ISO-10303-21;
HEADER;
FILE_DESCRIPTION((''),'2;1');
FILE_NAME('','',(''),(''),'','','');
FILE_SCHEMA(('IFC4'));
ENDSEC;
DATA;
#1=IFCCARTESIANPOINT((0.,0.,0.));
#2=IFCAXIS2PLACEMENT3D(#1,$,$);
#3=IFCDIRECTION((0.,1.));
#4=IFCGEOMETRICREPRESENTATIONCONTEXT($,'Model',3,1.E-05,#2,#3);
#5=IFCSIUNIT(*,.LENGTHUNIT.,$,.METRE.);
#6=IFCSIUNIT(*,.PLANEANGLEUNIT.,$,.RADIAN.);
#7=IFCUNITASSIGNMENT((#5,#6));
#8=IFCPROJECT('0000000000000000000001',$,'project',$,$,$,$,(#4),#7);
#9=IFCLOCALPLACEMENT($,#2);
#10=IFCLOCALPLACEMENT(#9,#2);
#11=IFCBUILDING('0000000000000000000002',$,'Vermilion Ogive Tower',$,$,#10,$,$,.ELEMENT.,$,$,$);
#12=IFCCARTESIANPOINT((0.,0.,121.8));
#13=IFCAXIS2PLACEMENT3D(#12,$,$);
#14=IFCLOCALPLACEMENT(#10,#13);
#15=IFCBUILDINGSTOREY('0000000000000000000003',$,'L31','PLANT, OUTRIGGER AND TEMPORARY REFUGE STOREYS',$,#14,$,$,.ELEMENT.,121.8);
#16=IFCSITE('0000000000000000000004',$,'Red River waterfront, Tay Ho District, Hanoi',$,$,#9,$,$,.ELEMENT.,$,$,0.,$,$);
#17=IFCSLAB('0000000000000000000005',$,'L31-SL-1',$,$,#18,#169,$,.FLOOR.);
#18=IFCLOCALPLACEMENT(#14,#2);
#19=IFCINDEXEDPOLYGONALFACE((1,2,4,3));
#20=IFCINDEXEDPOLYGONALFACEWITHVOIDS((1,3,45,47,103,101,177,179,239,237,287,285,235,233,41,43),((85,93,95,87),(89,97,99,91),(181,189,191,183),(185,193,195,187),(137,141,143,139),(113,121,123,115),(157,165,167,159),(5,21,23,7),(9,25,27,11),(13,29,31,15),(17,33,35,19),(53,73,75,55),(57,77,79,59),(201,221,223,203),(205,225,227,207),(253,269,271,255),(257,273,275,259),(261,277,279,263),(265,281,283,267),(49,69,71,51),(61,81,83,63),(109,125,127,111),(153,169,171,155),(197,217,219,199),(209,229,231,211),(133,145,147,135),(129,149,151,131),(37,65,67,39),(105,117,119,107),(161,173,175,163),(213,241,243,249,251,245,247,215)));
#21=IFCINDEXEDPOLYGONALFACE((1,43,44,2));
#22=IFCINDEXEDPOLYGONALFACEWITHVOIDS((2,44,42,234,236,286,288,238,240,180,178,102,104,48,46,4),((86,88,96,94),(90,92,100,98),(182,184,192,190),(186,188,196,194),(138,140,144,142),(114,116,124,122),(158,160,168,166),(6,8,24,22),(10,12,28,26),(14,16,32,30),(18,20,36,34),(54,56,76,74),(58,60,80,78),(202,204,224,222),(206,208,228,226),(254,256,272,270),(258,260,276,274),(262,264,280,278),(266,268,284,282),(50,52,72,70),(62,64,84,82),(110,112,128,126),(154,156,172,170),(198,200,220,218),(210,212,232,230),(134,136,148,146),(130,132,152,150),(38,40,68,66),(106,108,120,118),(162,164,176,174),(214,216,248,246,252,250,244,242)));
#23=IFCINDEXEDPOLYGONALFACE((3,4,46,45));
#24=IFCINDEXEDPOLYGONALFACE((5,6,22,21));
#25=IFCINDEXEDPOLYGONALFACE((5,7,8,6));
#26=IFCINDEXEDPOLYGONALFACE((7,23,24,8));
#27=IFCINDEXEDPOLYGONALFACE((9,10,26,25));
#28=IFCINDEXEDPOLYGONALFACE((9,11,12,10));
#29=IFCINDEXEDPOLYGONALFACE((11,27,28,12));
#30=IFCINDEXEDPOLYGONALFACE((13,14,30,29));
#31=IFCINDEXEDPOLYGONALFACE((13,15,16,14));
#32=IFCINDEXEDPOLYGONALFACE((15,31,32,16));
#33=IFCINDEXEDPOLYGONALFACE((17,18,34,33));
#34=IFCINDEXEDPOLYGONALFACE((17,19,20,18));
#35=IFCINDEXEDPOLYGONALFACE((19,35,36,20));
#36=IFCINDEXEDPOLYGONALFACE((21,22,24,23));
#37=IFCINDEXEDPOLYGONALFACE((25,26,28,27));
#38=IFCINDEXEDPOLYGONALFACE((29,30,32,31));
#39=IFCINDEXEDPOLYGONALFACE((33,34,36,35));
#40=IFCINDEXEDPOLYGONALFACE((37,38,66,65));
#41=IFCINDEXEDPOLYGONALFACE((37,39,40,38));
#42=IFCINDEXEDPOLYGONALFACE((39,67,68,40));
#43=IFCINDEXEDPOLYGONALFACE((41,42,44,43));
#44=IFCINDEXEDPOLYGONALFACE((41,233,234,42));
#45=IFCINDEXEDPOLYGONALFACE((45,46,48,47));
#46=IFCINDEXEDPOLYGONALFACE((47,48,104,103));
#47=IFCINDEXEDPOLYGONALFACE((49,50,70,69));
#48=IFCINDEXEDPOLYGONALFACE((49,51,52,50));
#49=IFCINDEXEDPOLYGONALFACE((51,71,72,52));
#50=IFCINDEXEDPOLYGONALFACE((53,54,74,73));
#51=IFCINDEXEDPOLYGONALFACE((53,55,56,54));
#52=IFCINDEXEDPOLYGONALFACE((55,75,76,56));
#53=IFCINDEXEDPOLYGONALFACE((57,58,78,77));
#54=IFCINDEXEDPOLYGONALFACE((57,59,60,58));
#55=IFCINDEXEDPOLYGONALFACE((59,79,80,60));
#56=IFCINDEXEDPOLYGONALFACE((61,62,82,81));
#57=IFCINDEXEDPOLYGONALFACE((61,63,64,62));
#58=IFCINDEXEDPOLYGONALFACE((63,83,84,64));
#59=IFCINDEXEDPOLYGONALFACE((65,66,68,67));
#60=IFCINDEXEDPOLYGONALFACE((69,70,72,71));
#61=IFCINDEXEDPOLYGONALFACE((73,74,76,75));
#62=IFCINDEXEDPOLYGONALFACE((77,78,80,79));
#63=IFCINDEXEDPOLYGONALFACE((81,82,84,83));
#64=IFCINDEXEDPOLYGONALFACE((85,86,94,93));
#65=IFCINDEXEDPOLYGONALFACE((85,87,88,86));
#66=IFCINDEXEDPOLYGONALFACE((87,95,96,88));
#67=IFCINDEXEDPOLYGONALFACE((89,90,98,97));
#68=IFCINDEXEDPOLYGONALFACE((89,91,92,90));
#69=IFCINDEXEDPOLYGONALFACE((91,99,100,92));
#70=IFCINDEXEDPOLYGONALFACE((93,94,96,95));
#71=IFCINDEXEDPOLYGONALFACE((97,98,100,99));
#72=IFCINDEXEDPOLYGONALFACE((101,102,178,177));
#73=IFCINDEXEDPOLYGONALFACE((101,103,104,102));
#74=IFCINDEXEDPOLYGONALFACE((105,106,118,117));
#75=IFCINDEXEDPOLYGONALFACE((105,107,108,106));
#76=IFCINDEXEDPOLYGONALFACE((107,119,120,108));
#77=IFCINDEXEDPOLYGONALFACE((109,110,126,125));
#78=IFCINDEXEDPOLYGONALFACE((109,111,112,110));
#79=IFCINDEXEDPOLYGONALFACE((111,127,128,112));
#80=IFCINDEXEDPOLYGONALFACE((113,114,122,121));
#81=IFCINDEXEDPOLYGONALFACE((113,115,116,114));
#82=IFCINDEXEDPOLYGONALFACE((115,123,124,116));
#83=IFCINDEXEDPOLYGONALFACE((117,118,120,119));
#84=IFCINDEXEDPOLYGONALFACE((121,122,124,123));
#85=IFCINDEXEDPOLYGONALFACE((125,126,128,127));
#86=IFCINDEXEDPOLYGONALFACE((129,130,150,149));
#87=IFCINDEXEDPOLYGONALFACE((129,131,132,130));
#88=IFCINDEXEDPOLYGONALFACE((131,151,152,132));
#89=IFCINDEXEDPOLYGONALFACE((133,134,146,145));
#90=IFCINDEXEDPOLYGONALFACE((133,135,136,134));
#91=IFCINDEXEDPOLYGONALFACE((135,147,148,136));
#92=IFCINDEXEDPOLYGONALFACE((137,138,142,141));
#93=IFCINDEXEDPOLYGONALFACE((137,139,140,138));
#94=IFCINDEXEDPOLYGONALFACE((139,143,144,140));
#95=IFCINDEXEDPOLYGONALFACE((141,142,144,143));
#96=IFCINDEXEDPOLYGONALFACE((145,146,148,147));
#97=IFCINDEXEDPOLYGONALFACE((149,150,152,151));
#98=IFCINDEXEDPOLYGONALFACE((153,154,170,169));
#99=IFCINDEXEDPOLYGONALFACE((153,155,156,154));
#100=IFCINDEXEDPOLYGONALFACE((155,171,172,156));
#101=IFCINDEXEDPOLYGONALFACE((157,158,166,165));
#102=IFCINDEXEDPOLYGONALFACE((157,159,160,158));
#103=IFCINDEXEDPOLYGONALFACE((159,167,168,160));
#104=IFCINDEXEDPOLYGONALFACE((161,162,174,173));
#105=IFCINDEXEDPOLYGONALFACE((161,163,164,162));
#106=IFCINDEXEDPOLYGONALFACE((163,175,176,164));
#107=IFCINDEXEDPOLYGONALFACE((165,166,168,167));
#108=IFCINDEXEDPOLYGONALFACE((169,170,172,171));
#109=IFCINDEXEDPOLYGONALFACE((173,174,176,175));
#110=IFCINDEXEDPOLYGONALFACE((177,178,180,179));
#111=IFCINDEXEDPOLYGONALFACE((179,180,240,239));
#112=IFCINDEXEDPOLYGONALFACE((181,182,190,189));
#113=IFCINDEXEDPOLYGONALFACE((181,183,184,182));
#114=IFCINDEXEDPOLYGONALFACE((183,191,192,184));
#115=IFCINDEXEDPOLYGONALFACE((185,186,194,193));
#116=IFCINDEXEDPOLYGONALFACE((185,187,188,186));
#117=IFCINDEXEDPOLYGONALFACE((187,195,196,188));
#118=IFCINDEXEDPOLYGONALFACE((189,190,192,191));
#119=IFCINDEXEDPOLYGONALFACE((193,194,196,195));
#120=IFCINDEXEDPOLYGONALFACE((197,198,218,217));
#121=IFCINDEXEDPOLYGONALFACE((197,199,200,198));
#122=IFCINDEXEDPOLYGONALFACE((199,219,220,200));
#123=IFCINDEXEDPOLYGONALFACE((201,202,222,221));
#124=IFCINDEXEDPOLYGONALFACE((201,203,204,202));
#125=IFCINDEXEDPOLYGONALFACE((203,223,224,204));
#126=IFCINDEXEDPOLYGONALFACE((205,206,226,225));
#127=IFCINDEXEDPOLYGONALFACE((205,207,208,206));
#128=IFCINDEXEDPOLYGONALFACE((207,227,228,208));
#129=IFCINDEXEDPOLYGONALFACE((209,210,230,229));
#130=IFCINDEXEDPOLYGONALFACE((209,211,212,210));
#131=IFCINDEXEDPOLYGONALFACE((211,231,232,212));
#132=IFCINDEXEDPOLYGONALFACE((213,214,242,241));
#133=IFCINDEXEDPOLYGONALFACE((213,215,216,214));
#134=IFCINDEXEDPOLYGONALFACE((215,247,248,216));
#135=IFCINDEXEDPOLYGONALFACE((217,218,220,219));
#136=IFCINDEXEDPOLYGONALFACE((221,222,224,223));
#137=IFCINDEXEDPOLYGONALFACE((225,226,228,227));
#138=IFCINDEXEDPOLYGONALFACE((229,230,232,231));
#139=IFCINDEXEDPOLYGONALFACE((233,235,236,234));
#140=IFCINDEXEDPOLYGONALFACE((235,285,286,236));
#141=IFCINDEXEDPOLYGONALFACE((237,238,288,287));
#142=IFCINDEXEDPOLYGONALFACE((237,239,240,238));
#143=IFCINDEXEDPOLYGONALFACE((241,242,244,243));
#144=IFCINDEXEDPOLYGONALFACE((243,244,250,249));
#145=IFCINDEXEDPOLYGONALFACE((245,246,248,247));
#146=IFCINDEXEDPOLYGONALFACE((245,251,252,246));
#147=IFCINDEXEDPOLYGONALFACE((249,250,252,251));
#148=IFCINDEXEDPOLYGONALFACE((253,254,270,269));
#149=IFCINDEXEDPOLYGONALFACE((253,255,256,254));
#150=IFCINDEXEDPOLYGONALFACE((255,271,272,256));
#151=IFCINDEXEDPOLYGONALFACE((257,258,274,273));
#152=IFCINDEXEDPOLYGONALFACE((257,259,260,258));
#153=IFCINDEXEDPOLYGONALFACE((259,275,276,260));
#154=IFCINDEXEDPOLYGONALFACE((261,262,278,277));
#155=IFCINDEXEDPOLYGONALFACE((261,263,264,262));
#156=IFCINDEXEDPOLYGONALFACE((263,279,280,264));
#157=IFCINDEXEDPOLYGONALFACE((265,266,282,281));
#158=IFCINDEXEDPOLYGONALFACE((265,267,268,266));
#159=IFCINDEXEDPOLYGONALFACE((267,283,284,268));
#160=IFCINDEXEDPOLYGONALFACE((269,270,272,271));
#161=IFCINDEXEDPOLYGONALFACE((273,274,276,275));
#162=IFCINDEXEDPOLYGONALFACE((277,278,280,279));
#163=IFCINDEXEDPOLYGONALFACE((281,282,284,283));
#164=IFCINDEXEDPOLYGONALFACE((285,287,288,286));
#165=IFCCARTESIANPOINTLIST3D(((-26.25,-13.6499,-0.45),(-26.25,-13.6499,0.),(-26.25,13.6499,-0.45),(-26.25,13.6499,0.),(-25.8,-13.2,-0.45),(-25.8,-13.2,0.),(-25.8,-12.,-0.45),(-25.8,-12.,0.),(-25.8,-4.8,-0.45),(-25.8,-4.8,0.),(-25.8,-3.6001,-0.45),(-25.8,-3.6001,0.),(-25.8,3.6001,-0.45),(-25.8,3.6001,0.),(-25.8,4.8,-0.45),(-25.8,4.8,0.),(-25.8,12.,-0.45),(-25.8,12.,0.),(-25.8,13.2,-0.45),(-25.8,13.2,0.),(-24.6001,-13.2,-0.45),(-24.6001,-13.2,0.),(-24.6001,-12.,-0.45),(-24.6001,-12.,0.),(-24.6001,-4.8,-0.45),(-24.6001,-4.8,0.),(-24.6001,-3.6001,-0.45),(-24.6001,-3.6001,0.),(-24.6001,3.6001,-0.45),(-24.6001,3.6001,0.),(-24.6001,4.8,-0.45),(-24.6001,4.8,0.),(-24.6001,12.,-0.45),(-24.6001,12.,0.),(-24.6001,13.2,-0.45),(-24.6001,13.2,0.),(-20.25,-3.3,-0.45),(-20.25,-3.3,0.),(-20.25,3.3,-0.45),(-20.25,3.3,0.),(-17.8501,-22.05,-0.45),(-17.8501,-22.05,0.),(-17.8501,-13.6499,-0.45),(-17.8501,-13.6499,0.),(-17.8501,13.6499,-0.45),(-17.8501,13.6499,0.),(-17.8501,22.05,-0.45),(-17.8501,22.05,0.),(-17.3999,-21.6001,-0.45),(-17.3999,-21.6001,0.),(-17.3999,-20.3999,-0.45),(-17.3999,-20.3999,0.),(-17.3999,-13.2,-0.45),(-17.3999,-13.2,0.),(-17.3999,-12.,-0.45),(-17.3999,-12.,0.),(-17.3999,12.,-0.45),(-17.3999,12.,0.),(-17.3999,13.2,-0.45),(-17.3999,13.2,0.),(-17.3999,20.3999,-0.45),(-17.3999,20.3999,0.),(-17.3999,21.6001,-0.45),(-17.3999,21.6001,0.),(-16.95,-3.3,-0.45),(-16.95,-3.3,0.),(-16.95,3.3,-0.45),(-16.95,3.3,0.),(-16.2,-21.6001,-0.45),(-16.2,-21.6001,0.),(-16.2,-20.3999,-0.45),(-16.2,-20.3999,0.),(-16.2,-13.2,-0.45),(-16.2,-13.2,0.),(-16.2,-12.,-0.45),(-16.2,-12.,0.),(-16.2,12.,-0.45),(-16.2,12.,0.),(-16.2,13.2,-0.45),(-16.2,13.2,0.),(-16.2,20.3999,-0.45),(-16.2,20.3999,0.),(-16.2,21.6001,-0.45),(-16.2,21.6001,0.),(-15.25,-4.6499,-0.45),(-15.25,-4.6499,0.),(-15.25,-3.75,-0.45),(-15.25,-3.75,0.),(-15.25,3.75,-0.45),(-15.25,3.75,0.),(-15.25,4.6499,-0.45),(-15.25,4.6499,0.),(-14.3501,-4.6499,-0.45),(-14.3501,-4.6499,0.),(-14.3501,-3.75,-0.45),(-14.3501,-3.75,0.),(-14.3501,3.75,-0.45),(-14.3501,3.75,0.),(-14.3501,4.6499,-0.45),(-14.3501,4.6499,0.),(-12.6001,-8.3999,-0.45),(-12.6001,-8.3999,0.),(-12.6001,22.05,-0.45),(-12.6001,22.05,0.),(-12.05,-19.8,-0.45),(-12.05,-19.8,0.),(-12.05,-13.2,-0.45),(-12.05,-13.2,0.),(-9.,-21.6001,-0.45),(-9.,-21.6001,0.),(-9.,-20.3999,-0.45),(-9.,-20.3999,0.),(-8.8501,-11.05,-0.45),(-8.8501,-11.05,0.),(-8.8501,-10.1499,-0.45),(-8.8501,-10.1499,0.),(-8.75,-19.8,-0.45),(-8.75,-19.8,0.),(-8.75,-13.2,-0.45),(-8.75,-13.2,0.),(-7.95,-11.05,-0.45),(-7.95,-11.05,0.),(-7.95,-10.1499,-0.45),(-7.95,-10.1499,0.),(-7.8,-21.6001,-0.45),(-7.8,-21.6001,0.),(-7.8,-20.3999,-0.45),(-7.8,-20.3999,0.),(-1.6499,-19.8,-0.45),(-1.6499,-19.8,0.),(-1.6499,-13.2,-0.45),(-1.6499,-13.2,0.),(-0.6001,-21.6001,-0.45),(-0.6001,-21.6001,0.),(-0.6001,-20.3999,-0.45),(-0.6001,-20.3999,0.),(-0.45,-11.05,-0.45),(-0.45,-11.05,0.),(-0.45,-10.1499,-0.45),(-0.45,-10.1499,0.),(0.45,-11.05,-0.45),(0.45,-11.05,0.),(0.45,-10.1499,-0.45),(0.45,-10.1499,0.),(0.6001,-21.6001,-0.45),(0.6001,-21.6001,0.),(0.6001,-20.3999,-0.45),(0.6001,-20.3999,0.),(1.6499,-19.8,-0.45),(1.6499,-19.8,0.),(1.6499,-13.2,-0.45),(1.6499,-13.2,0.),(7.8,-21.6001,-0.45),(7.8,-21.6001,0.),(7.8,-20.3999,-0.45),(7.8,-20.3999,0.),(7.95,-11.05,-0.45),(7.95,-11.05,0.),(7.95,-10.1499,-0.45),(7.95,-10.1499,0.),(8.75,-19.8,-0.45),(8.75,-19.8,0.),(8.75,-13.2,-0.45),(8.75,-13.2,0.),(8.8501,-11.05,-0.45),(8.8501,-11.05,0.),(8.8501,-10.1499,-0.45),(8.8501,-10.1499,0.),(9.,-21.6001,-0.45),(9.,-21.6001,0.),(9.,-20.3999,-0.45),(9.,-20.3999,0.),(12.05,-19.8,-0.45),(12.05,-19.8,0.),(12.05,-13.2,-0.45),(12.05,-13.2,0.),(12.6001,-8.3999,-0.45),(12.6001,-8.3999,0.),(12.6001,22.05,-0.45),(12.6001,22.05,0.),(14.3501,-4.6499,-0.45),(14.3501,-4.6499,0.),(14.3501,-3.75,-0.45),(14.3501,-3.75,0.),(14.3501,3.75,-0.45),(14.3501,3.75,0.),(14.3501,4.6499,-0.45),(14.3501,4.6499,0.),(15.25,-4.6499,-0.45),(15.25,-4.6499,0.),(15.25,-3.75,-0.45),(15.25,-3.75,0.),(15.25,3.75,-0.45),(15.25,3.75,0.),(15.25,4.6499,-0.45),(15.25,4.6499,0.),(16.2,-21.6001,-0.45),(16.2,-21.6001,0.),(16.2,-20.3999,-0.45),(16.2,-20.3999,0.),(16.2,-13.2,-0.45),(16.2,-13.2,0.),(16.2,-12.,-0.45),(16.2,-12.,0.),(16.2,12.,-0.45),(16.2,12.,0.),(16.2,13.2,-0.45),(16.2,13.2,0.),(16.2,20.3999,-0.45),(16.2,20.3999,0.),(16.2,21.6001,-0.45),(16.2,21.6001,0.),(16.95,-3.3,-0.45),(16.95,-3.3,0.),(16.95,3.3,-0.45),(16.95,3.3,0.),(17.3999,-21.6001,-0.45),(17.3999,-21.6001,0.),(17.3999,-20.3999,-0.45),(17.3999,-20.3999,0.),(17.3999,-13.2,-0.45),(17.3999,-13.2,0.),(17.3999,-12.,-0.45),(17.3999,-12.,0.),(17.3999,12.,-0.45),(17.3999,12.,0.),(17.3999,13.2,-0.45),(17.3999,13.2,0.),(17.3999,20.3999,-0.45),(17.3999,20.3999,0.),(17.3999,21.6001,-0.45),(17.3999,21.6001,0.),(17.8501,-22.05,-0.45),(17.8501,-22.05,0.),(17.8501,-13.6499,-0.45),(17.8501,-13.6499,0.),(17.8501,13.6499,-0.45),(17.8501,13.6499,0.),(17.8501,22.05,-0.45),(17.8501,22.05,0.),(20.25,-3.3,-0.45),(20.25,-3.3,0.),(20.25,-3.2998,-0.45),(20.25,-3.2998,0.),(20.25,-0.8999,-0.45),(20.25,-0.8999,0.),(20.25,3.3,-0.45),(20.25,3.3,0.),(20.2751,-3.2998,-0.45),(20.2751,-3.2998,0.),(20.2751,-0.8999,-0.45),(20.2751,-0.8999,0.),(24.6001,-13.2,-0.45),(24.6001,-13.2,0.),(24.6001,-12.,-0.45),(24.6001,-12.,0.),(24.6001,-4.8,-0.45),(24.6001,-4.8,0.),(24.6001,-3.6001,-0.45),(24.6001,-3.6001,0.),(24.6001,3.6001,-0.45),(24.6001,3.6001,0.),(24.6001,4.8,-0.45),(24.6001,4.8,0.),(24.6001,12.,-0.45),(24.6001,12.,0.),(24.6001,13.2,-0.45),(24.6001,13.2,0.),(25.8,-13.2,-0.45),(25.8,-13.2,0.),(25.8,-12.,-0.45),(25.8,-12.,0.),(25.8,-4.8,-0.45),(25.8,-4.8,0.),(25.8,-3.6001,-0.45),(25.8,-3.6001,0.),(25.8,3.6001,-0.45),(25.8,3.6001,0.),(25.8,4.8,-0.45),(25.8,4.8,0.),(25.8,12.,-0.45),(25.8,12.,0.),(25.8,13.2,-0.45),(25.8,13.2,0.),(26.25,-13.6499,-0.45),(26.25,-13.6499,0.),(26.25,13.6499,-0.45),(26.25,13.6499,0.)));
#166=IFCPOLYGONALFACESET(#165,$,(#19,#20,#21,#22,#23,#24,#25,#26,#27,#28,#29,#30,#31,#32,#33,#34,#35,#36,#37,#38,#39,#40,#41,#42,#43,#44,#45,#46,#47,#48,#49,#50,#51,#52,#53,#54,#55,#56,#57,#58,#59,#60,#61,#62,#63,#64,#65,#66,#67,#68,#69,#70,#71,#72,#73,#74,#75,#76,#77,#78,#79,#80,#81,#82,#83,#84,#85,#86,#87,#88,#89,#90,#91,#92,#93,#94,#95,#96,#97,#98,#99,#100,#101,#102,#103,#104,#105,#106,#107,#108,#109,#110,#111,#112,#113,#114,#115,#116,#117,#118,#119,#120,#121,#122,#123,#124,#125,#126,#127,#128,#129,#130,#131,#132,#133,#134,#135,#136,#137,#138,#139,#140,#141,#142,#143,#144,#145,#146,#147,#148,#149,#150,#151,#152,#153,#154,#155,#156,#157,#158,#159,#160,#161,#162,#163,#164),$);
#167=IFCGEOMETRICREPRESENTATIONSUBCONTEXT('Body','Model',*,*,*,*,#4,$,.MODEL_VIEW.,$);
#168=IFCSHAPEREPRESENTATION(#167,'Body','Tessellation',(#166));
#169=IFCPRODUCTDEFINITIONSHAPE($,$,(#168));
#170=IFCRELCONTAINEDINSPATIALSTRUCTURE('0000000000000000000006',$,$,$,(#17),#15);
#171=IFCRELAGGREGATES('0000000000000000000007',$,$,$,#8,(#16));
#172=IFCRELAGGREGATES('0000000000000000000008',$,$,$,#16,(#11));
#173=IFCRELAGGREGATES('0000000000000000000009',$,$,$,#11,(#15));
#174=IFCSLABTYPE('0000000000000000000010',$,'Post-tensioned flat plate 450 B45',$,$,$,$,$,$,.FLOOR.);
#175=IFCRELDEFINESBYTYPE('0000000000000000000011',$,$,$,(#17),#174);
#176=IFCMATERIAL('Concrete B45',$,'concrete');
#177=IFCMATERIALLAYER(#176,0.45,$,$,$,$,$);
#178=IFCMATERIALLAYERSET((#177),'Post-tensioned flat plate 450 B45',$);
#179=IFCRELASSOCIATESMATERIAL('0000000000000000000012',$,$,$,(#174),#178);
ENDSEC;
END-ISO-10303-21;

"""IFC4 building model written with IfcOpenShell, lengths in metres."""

from ifc_helpers import new_model, si_unit, direction, frame, origin, place, context, subcontext, project, spatial, polyline, outline, extrude, material, layer, layer_set, type_object, element, save


model = new_model("IFC4")

# Units and contexts
model_context = context("Model", 3, precision=1e-05, world=origin(), true_north=direction((0.0, 1.0)))
body_context = subcontext(model_context, "Body", "Model", "MODEL_VIEW")
ifc_project = project(units=[si_unit("LENGTHUNIT", "METRE"), si_unit("PLANEANGLEUNIT", "RADIAN")], contexts=[model_context])

# Site, building, storey
site_placement = place(None, origin())
site = spatial("IfcSite", under=ifc_project, at=site_placement, Name="Red River waterfront, Tay Ho District, Hanoi", CompositionType="ELEMENT", RefElevation=0.0)
building_placement = place(site_placement, origin())
building = spatial("IfcBuilding", under=site, at=building_placement, Name="Vermilion Ogive Tower", CompositionType="ELEMENT")
storey_placement = place(building_placement, frame((0.0, 0.0, 121.8)))
storey = spatial("IfcBuildingStorey", under=building, at=storey_placement, Name="L31", Description="PLANT, OUTRIGGER AND TEMPORARY REFUGE STOREYS", CompositionType="ELEMENT", Elevation=121.8)

# Slab
ifc_material_1 = material(Name="Concrete B45", Category="concrete")
ifc_layer_1 = layer(ifc_material_1, 0.45)
ifc_layer_set_1 = layer_set([ifc_layer_1], Name="Post-tensioned flat plate 450 B45")
slab_type = type_object("IfcSlabType", Name="Post-tensioned flat plate 450 B45", PredefinedType="FLOOR", material=ifc_layer_set_1)
slab_placement = place(storey_placement, frame((0.0, 0.0, -0.45)))
element("IfcSlab", 1, at=slab_placement, inside=storey, type_object=slab_type, Name="L31-SL-1", PredefinedType="FLOOR", context=body_context, shape_type="SweptSolid", body=[
    extrude(outline(polyline([(-26.25, -13.6499), (-17.8501, -13.6499), (-17.8501, -22.05), (17.8501, -22.05), (17.8501, -13.6499), (26.25, -13.6499), (26.25, 13.6499), (17.8501, 13.6499), (17.8501, 22.05), (12.6001, 22.05), (12.6001, -8.3999), (-12.6001, -8.3999), (-12.6001, 22.05), (-17.8501, 22.05), (-17.8501, 13.6499), (-26.25, 13.6499), (-26.25, -13.6499)]), holes=[polyline([(25.8, 13.2), (25.8, 12.0), (24.6001, 12.0), (24.6001, 13.2), (25.8, 13.2)]), polyline([(25.8, 4.8), (25.8, 3.6001), (24.6001, 3.6001), (24.6001, 4.8), (25.8, 4.8)]), polyline([(25.8, -3.6001), (25.8, -4.8), (24.6001, -4.8), (24.6001, -3.6001), (25.8, -3.6001)]), polyline([(25.8, -12.0), (25.8, -13.2), (24.6001, -13.2), (24.6001, -12.0), (25.8, -12.0)]), polyline([(20.25, -3.2998), (20.25, -3.3), (16.95, -3.3), (16.95, 3.3), (20.25, 3.3), (20.25, -0.8999), (20.2751, -0.8999), (20.2751, -3.2998), (20.25, -3.2998)]), polyline([(17.3999, 13.2), (17.3999, 12.0), (16.2, 12.0), (16.2, 13.2), (17.3999, 13.2)]), polyline([(17.3999, -20.3999), (17.3999, -21.6001), (16.2, -21.6001), (16.2, -20.3999), (17.3999, -20.3999)]), polyline([(17.3999, -12.0), (17.3999, -13.2), (16.2, -13.2), (16.2, -12.0), (17.3999, -12.0)]), polyline([(17.3999, 21.6001), (17.3999, 20.3999), (16.2, 20.3999), (16.2, 21.6001), (17.3999, 21.6001)]), polyline([(15.25, 4.6499), (15.25, 3.75), (14.3501, 3.75), (14.3501, 4.6499), (15.25, 4.6499)]), polyline([(15.25, -3.75), (15.25, -4.6499), (14.3501, -4.6499), (14.3501, -3.75), (15.25, -3.75)]), polyline([(12.05, -13.2), (12.05, -19.8), (8.75, -19.8), (8.75, -13.2), (12.05, -13.2)]), polyline([(9.0, -20.3999), (9.0, -21.6001), (7.8, -21.6001), (7.8, -20.3999), (9.0, -20.3999)]), polyline([(8.8501, -10.1499), (8.8501, -11.05), (7.95, -11.05), (7.95, -10.1499), (8.8501, -10.1499)]), polyline([(1.6499, -13.2), (1.6499, -19.8), (-1.6499, -19.8), (-1.6499, -13.2), (1.6499, -13.2)]), polyline([(0.6001, -20.3999), (0.6001, -21.6001), (-0.6001, -21.6001), (-0.6001, -20.3999), (0.6001, -20.3999)]), polyline([(0.45, -10.1499), (0.45, -11.05), (-0.45, -11.05), (-0.45, -10.1499), (0.45, -10.1499)]), polyline([(-7.8, -20.3999), (-7.8, -21.6001), (-9.0, -21.6001), (-9.0, -20.3999), (-7.8, -20.3999)]), polyline([(-7.95, -10.1499), (-7.95, -11.05), (-8.8501, -11.05), (-8.8501, -10.1499), (-7.95, -10.1499)]), polyline([(-8.75, -13.2), (-8.75, -19.8), (-12.05, -19.8), (-12.05, -13.2), (-8.75, -13.2)]), polyline([(-14.3501, 4.6499), (-14.3501, 3.75), (-15.25, 3.75), (-15.25, 4.6499), (-14.3501, 4.6499)]), polyline([(-14.3501, -3.75), (-14.3501, -4.6499), (-15.25, -4.6499), (-15.25, -3.75), (-14.3501, -3.75)]), polyline([(-16.2, 21.6001), (-16.2, 20.3999), (-17.3999, 20.3999), (-17.3999, 21.6001), (-16.2, 21.6001)]), polyline([(-16.2, 13.2), (-16.2, 12.0), (-17.3999, 12.0), (-17.3999, 13.2), (-16.2, 13.2)]), polyline([(-16.2, -12.0), (-16.2, -13.2), (-17.3999, -13.2), (-17.3999, -12.0), (-16.2, -12.0)]), polyline([(-16.2, -20.3999), (-16.2, -21.6001), (-17.3999, -21.6001), (-17.3999, -20.3999), (-16.2, -20.3999)]), polyline([(-16.95, 3.3), (-16.95, -3.3), (-20.25, -3.3), (-20.25, 3.3), (-16.95, 3.3)]), polyline([(-24.6001, -12.0), (-24.6001, -13.2), (-25.8, -13.2), (-25.8, -12.0), (-24.6001, -12.0)]), polyline([(-24.6001, 13.2), (-24.6001, 12.0), (-25.8, 12.0), (-25.8, 13.2), (-24.6001, 13.2)]), polyline([(-24.6001, 4.8), (-24.6001, 3.6001), (-25.8, 3.6001), (-25.8, 4.8), (-24.6001, 4.8)]), polyline([(-24.6001, -3.6001), (-24.6001, -4.8), (-25.8, -4.8), (-25.8, -3.6001), (-24.6001, -3.6001)])]), origin(), (0.0, 0.0, 1.0), 0.45),
])

save(model, "model.ifc")
